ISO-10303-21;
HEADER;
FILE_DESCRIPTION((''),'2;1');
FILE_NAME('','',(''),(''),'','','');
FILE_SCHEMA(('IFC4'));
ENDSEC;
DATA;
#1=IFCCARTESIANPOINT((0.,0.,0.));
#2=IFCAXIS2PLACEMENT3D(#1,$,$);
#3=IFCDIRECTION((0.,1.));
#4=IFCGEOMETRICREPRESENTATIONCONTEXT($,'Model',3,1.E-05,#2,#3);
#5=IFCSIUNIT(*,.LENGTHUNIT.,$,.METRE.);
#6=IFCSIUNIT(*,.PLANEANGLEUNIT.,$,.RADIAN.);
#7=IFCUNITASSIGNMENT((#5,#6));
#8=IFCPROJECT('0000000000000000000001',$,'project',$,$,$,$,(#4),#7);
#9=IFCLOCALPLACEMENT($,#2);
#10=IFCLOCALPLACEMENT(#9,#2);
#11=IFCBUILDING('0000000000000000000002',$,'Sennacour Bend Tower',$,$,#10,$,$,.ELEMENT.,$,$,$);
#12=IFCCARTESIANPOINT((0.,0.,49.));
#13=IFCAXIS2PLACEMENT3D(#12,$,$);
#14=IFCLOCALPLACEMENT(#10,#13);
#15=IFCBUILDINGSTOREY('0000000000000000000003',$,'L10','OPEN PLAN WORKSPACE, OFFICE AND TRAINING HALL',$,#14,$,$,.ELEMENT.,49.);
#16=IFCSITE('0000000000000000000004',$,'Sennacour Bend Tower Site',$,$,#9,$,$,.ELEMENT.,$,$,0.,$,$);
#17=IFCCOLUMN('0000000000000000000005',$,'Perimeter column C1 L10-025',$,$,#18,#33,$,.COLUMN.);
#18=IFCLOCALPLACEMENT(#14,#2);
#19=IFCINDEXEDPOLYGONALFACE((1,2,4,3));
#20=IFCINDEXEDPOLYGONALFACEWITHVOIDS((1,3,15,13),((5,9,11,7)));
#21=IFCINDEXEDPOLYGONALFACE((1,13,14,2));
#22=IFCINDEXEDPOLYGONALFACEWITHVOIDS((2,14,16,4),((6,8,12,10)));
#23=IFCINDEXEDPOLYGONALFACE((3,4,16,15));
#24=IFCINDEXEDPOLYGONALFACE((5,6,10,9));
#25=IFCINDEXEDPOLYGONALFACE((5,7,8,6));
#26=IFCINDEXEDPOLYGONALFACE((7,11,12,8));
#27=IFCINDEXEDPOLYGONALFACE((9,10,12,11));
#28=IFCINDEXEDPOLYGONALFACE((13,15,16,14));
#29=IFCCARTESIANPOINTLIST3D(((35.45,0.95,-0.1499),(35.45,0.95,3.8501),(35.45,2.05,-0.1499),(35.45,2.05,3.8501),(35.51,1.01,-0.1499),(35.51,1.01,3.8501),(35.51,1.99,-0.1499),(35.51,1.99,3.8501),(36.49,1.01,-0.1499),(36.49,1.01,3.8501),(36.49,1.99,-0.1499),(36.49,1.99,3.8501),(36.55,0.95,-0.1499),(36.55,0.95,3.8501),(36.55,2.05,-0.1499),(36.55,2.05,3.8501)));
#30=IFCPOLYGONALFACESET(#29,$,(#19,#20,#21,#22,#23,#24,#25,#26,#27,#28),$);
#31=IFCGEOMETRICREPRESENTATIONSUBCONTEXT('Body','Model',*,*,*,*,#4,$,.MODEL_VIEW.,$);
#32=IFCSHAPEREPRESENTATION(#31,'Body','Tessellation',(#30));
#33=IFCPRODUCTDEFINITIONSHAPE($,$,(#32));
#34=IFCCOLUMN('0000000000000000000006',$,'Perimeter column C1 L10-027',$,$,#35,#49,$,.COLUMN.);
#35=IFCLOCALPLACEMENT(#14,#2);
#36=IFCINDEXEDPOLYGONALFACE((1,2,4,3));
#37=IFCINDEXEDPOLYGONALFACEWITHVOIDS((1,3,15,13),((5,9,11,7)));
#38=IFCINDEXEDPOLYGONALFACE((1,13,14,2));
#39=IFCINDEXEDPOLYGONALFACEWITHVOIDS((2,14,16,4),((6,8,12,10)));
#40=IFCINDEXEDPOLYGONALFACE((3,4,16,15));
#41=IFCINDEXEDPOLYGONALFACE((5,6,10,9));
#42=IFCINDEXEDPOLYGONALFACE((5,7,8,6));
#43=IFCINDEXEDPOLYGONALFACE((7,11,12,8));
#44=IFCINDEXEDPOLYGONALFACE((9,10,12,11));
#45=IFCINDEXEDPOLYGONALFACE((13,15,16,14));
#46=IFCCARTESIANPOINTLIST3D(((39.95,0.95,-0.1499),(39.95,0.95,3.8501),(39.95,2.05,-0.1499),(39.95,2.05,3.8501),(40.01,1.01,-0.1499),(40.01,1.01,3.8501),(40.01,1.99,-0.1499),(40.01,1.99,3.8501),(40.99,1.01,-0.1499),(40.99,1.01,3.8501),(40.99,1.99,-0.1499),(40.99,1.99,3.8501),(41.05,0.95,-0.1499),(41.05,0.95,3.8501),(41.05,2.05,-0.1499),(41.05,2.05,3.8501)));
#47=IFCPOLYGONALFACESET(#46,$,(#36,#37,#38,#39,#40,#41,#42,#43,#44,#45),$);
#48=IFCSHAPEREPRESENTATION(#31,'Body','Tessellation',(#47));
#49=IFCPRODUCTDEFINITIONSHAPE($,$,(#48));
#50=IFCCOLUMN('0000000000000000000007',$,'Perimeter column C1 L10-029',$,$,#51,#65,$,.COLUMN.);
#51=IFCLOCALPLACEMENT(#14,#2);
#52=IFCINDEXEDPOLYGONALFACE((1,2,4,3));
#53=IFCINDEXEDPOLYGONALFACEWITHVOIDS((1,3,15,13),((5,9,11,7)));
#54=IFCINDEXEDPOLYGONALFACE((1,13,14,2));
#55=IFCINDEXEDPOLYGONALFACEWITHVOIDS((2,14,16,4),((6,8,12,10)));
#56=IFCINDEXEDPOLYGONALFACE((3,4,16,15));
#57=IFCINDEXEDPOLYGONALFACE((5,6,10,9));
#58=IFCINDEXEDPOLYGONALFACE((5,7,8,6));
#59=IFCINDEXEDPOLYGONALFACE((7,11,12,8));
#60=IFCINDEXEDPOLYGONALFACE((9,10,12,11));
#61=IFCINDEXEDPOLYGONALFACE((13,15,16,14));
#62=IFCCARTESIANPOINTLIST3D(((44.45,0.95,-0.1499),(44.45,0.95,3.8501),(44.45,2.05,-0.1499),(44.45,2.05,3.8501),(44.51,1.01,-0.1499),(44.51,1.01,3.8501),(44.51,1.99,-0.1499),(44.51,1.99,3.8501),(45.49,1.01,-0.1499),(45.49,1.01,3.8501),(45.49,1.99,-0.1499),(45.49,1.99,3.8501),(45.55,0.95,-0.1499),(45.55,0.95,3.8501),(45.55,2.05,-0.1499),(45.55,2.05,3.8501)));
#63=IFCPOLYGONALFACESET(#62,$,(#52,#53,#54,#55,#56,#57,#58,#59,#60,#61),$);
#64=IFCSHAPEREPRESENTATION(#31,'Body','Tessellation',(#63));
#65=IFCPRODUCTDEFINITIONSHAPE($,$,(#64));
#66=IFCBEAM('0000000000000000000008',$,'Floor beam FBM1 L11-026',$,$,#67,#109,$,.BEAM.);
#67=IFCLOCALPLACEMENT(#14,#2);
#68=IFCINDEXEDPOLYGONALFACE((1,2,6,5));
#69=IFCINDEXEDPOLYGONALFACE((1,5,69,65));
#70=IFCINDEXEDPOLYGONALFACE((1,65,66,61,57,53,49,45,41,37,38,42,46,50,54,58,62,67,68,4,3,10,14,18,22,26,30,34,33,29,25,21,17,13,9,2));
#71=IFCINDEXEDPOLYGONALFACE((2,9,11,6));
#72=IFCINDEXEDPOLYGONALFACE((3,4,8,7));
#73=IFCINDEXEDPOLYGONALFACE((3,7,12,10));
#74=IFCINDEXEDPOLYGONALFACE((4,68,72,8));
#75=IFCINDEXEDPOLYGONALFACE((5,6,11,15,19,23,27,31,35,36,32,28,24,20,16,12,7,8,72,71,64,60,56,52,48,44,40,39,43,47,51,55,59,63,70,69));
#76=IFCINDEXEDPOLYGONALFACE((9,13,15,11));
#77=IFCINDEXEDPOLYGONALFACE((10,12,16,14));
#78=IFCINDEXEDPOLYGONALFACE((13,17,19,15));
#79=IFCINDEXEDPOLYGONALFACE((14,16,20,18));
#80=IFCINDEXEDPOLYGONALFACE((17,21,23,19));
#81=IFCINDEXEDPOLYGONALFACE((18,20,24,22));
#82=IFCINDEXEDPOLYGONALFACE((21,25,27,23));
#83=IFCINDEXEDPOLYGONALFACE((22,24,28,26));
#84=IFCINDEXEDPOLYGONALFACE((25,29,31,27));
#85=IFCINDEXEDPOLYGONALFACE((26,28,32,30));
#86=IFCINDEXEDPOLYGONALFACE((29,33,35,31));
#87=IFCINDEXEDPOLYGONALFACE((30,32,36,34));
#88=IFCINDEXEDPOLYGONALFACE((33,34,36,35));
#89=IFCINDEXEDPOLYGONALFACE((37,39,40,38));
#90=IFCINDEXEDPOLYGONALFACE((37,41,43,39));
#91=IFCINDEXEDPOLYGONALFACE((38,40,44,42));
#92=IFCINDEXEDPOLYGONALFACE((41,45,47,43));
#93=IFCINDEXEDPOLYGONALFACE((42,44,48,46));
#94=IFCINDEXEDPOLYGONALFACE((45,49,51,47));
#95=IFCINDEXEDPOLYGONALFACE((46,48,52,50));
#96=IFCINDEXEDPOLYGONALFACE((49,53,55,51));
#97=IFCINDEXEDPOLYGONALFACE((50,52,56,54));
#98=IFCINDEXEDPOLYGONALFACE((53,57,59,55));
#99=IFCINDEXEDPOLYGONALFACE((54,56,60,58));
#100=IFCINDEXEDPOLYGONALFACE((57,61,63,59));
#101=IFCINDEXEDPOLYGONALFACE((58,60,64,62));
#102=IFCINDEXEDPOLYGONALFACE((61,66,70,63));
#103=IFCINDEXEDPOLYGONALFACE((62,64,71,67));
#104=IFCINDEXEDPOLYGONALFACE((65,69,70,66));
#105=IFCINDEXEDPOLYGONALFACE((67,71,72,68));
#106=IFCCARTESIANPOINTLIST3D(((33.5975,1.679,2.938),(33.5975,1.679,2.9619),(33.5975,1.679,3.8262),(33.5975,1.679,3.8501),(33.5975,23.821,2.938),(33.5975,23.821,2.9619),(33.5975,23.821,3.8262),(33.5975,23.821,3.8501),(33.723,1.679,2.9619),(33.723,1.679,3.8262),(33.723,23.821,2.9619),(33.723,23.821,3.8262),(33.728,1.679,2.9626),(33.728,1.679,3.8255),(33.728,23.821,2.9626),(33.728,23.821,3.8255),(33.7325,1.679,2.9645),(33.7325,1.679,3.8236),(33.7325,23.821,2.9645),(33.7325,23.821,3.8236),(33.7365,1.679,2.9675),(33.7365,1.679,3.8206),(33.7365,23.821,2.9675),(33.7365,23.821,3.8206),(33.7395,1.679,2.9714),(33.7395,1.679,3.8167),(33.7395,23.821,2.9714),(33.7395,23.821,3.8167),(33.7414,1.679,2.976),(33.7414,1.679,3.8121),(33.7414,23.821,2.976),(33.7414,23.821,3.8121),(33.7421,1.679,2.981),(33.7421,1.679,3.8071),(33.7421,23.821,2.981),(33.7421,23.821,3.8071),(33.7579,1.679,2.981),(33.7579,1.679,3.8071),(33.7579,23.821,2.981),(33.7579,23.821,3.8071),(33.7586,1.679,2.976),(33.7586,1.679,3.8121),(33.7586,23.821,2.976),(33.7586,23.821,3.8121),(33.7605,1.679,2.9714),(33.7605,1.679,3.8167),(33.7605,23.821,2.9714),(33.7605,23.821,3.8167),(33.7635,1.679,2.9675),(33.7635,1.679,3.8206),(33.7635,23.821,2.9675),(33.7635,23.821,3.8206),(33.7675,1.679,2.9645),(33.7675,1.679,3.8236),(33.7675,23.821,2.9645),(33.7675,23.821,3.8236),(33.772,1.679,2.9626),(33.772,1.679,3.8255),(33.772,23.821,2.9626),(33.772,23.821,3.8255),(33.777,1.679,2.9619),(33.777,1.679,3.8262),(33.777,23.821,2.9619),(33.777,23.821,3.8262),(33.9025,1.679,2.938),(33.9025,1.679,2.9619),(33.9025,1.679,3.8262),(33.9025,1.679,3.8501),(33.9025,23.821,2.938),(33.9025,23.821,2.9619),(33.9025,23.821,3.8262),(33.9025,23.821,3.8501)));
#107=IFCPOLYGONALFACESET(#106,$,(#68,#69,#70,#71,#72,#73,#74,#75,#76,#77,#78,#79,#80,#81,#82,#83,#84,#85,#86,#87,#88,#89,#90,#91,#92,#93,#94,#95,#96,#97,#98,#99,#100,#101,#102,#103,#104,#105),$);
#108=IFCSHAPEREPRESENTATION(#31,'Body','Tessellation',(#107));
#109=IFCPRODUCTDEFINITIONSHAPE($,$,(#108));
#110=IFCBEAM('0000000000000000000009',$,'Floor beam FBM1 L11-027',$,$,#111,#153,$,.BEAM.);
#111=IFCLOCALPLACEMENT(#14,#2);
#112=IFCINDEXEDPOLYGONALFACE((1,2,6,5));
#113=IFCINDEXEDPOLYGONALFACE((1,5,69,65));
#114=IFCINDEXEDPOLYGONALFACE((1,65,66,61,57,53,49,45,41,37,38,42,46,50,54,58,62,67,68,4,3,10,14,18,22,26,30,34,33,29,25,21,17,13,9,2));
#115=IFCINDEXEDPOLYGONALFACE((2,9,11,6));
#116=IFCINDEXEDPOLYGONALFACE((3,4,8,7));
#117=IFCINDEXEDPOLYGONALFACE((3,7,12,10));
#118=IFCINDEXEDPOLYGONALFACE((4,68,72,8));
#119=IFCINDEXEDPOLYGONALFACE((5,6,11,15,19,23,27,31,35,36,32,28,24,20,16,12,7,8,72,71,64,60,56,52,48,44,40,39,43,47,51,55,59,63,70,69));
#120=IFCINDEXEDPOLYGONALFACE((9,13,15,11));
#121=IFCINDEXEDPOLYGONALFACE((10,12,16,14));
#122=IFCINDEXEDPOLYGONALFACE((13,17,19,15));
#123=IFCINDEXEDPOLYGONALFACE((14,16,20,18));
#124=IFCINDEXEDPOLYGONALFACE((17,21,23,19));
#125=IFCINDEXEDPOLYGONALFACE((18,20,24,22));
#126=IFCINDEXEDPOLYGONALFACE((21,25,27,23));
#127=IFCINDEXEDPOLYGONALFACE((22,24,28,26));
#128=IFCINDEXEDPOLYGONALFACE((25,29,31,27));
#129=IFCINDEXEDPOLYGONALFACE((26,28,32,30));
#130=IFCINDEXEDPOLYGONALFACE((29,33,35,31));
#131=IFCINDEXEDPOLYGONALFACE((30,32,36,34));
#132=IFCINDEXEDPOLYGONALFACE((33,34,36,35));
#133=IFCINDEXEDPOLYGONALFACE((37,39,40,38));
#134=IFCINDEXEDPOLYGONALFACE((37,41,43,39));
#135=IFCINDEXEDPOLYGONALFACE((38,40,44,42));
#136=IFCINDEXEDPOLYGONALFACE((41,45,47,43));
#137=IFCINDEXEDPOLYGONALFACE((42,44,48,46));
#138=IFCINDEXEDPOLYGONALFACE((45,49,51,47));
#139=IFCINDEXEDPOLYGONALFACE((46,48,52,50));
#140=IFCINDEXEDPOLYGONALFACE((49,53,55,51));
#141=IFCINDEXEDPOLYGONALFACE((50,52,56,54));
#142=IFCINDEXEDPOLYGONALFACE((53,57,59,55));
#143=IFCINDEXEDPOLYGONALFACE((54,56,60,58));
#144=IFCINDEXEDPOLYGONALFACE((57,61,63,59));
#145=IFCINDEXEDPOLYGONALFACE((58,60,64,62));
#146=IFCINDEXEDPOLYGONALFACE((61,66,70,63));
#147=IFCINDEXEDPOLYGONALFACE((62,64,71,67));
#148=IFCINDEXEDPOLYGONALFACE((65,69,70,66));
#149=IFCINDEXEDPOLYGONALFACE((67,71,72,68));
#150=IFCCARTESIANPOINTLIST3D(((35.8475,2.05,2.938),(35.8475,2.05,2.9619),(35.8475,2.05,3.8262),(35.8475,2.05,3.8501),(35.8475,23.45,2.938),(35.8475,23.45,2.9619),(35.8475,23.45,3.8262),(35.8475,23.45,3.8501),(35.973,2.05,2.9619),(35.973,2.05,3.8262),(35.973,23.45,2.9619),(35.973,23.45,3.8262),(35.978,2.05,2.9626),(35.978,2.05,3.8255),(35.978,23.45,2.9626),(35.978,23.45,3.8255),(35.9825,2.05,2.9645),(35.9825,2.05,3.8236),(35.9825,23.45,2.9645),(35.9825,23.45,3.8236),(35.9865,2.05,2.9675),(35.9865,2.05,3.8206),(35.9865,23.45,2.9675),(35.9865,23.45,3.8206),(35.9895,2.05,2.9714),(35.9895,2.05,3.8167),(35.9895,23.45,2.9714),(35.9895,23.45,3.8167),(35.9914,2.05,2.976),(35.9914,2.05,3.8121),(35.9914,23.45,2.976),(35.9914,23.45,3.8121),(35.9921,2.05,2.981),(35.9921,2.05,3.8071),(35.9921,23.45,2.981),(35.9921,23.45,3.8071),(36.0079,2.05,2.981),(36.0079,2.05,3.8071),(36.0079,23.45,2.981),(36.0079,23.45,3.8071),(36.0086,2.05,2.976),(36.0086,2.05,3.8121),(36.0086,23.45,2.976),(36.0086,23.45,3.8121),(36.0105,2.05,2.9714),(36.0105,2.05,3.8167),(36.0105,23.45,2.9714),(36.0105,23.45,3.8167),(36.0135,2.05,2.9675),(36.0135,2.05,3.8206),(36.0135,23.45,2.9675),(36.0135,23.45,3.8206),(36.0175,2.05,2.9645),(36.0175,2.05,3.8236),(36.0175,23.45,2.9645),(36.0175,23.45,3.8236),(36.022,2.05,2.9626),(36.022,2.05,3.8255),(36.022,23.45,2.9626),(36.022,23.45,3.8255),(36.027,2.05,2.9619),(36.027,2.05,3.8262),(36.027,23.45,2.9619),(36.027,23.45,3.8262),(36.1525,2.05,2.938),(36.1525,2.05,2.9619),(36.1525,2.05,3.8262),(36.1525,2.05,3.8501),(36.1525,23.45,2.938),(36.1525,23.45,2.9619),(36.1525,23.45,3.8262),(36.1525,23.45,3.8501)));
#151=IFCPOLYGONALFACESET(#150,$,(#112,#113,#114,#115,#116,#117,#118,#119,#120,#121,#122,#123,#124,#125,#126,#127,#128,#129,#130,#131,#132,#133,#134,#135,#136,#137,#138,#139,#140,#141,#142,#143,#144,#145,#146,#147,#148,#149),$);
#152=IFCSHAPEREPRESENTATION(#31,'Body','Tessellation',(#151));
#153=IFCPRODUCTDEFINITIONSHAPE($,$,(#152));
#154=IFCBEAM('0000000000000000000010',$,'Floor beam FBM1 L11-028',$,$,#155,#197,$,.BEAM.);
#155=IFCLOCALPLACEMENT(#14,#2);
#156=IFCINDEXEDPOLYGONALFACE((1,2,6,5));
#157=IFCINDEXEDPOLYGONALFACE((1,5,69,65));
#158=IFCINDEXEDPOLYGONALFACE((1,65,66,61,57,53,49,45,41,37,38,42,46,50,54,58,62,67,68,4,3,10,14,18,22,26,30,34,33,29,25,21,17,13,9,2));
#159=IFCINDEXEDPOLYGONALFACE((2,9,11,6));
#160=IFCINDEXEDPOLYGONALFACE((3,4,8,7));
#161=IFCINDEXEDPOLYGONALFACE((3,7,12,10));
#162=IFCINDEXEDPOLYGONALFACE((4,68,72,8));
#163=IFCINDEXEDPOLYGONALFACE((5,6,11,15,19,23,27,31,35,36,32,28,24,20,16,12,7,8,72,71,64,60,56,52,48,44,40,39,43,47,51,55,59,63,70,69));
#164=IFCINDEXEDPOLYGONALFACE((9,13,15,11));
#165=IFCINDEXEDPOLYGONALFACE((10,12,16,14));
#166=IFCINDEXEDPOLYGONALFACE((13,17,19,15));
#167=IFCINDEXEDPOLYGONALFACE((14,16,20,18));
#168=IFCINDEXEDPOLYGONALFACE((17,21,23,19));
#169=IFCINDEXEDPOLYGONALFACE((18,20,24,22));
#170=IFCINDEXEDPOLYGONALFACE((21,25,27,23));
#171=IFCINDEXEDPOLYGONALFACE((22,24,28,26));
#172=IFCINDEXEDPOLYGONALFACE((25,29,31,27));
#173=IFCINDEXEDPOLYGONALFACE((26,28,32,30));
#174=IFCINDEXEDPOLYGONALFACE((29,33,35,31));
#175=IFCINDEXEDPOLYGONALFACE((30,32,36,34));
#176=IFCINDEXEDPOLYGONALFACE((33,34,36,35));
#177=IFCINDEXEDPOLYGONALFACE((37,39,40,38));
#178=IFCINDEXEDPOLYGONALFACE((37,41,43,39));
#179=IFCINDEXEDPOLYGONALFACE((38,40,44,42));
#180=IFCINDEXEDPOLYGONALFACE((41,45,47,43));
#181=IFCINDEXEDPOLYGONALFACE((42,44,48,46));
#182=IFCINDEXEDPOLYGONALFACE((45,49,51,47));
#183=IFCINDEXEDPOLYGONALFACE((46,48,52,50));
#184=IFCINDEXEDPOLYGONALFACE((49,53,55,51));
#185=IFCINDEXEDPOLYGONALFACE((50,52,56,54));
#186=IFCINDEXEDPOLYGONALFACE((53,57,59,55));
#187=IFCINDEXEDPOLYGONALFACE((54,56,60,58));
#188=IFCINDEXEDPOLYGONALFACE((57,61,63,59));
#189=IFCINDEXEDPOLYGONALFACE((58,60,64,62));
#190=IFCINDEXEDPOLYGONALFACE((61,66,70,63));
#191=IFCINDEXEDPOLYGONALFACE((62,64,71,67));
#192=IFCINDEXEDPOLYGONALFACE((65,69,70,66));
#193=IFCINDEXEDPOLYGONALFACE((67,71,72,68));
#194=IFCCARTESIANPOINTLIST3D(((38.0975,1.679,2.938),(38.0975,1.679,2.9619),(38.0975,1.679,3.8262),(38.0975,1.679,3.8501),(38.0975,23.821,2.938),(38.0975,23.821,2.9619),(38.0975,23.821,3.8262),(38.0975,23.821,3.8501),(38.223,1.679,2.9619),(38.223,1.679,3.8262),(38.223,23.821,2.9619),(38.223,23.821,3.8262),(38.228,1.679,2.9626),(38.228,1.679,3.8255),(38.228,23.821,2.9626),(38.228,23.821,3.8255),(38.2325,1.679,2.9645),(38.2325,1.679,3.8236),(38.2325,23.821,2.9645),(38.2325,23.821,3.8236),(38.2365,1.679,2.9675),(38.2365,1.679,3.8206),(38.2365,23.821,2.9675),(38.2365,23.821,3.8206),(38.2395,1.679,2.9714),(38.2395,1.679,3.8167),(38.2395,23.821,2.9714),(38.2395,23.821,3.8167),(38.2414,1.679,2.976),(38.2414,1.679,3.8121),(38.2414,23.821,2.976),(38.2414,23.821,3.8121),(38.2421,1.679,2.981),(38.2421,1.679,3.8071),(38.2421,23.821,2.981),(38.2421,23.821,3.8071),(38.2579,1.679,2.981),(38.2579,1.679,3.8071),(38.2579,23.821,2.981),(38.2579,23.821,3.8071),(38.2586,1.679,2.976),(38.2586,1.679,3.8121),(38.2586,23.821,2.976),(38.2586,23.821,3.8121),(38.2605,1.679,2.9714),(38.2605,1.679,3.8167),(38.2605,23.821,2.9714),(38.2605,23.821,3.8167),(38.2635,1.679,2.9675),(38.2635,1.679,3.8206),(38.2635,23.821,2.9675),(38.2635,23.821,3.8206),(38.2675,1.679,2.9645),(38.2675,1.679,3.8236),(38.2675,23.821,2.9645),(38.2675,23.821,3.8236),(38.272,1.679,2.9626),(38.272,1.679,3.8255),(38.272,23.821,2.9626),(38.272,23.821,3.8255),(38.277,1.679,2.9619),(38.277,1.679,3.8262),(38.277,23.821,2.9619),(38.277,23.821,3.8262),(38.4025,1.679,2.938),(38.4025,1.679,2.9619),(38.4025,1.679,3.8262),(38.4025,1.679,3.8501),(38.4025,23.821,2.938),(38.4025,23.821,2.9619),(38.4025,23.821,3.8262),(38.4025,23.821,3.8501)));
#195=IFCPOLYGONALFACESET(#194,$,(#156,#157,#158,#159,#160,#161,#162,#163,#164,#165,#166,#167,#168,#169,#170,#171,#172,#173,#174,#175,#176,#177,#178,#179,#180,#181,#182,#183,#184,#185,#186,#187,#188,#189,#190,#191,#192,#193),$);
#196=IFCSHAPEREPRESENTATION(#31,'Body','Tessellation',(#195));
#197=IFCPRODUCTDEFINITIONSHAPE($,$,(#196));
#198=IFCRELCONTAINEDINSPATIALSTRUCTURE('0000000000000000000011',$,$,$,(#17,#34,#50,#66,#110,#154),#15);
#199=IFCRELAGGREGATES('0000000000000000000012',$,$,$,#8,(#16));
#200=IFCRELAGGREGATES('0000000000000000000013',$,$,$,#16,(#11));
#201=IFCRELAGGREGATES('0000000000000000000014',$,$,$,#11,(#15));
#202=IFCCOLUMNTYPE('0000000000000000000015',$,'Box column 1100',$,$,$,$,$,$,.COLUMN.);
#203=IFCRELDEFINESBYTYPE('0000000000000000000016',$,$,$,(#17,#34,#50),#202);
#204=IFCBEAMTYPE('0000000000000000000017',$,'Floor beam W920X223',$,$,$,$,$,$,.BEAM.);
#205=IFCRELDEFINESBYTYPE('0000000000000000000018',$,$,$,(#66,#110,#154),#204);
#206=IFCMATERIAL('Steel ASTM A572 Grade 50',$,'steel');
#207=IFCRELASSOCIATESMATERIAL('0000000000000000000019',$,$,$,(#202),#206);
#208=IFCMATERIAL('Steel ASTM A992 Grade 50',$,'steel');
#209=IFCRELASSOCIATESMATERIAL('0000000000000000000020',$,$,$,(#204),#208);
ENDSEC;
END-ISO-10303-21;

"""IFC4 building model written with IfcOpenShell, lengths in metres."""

from ifc_helpers import new_model, si_unit, direction, frame, origin, origin_2d, place, context, subcontext, project, spatial, hollow_rectangle, i_section, extrude, material, material_profile, profile_set, type_object, element, save


model = new_model("IFC4")

# Units and contexts
model_context = context("Model", 3, precision=1e-05, world=origin(), true_north=direction((0.0, 1.0)))
body_context = subcontext(model_context, "Body", "Model", "MODEL_VIEW")
ifc_project = project(units=[si_unit("LENGTHUNIT", "METRE"), si_unit("PLANEANGLEUNIT", "RADIAN")], contexts=[model_context])

# Site, building, storey
site_placement = place(None, origin())
site = spatial("IfcSite", under=ifc_project, at=site_placement, Name="Sennacour Bend Tower Site", CompositionType="ELEMENT", RefElevation=0.0)
building_placement = place(site_placement, origin())
building = spatial("IfcBuilding", under=site, at=building_placement, Name="Sennacour Bend Tower", CompositionType="ELEMENT")
storey_placement = place(building_placement, frame((0.0, 0.0, 49.0)))
storey = spatial("IfcBuildingStorey", under=building, at=storey_placement, Name="L10", Description="OPEN PLAN WORKSPACE, OFFICE AND TRAINING HALL", CompositionType="ELEMENT", Elevation=49.0)

# Columns
ifc_material_1 = material(Name="Steel ASTM A572 Grade 50", Category="steel")
ifc_material_profile_1 = material_profile(ifc_material_1, hollow_rectangle(XDim=1.1001, YDim=1.1001, WallThickness=0.0601, at=origin_2d()), Name="Steel ASTM A572 Grade 50", Category="steel")
ifc_profile_set_1 = profile_set([ifc_material_profile_1], Name="Steel ASTM A572 Grade 50")
column_type = type_object("IfcColumnType", Name="Box column 1100", PredefinedType="COLUMN", material=ifc_profile_set_1)
for number, where, z_axis, x_axis, name in (
    (1, (36.0, 1.5, -0.1499), (0.0, 0.0, 1.0), (1.0, 0.0, 0.0), "Perimeter column C1 L10-025"),
    (2, (40.5, 1.5, -0.1499), (0.0, 0.0, 1.0), (1.0, 0.0, 0.0), "Perimeter column C1 L10-027"),
    (3, (45.0, 1.5, -0.1499), (0.0, 0.0, 1.0), (1.0, 0.0, 0.0), "Perimeter column C1 L10-029"),
):
    element("IfcColumn", number, at=place(storey_placement, frame(where, z_axis=z_axis, x_axis=x_axis)), inside=storey, type_object=column_type, Name=name, PredefinedType="COLUMN", context=body_context, shape_type="SweptSolid", body=[
        extrude(hollow_rectangle(XDim=1.1001, YDim=1.1001, WallThickness=0.0601, at=origin_2d()), origin(), (0.0, 0.0, 1.0), 4.0),
    ])

# Beams
ifc_material_2 = material(Name="Steel ASTM A992 Grade 50", Category="steel")
ifc_material_profile_2 = material_profile(ifc_material_2, i_section(OverallWidth=0.3049, OverallDepth=0.9121, WebThickness=0.0159, FlangeThickness=0.0239, FilletRadius=0.019, at=origin_2d()), Name="Steel ASTM A992 Grade 50", Category="steel")
ifc_profile_set_2 = profile_set([ifc_material_profile_2], Name="Steel ASTM A992 Grade 50")
beam_type_1 = type_object("IfcBeamType", Name="Floor beam W920X223", PredefinedType="BEAM", material=ifc_profile_set_2)
beam_1_placement = place(storey_placement, frame((33.75, 1.679, 3.394), z_axis=(0.0, 1.0, 0.0), x_axis=(-1.0, 0.0, 0.0)))
element("IfcBeam", 4, at=beam_1_placement, inside=storey, type_object=beam_type_1, Name="Floor beam FBM1 L11-026", PredefinedType="BEAM", context=body_context, shape_type="SweptSolid", body=[
    extrude(i_section(OverallWidth=0.3049, OverallDepth=0.9121, WebThickness=0.0159, FlangeThickness=0.0239, FilletRadius=0.019, at=origin_2d()), origin(), (0.0, 0.0, 1.0), 22.1421),
])
beam_2_placement = place(storey_placement, frame((36.0, 2.05, 3.394), z_axis=(0.0, 1.0, 0.0), x_axis=(-1.0, 0.0, 0.0)))
element("IfcBeam", 5, at=beam_2_placement, inside=storey, type_object=beam_type_1, Name="Floor beam FBM1 L11-027", PredefinedType="BEAM", context=body_context, shape_type="SweptSolid", body=[
    extrude(i_section(OverallWidth=0.3049, OverallDepth=0.9121, WebThickness=0.0159, FlangeThickness=0.0239, FilletRadius=0.019, at=origin_2d()), origin(), (0.0, 0.0, 1.0), 21.3999),
])
beam_3_placement = place(storey_placement, frame((38.25, 1.679, 3.394), z_axis=(0.0, 1.0, 0.0), x_axis=(-1.0, 0.0, 0.0)))
element("IfcBeam", 6, at=beam_3_placement, inside=storey, type_object=beam_type_1, Name="Floor beam FBM1 L11-028", PredefinedType="BEAM", context=body_context, shape_type="SweptSolid", body=[
    extrude(i_section(OverallWidth=0.3049, OverallDepth=0.9121, WebThickness=0.0159, FlangeThickness=0.0239, FilletRadius=0.019, at=origin_2d()), origin(), (0.0, 0.0, 1.0), 22.1421),
])

save(model, "model.ifc")
